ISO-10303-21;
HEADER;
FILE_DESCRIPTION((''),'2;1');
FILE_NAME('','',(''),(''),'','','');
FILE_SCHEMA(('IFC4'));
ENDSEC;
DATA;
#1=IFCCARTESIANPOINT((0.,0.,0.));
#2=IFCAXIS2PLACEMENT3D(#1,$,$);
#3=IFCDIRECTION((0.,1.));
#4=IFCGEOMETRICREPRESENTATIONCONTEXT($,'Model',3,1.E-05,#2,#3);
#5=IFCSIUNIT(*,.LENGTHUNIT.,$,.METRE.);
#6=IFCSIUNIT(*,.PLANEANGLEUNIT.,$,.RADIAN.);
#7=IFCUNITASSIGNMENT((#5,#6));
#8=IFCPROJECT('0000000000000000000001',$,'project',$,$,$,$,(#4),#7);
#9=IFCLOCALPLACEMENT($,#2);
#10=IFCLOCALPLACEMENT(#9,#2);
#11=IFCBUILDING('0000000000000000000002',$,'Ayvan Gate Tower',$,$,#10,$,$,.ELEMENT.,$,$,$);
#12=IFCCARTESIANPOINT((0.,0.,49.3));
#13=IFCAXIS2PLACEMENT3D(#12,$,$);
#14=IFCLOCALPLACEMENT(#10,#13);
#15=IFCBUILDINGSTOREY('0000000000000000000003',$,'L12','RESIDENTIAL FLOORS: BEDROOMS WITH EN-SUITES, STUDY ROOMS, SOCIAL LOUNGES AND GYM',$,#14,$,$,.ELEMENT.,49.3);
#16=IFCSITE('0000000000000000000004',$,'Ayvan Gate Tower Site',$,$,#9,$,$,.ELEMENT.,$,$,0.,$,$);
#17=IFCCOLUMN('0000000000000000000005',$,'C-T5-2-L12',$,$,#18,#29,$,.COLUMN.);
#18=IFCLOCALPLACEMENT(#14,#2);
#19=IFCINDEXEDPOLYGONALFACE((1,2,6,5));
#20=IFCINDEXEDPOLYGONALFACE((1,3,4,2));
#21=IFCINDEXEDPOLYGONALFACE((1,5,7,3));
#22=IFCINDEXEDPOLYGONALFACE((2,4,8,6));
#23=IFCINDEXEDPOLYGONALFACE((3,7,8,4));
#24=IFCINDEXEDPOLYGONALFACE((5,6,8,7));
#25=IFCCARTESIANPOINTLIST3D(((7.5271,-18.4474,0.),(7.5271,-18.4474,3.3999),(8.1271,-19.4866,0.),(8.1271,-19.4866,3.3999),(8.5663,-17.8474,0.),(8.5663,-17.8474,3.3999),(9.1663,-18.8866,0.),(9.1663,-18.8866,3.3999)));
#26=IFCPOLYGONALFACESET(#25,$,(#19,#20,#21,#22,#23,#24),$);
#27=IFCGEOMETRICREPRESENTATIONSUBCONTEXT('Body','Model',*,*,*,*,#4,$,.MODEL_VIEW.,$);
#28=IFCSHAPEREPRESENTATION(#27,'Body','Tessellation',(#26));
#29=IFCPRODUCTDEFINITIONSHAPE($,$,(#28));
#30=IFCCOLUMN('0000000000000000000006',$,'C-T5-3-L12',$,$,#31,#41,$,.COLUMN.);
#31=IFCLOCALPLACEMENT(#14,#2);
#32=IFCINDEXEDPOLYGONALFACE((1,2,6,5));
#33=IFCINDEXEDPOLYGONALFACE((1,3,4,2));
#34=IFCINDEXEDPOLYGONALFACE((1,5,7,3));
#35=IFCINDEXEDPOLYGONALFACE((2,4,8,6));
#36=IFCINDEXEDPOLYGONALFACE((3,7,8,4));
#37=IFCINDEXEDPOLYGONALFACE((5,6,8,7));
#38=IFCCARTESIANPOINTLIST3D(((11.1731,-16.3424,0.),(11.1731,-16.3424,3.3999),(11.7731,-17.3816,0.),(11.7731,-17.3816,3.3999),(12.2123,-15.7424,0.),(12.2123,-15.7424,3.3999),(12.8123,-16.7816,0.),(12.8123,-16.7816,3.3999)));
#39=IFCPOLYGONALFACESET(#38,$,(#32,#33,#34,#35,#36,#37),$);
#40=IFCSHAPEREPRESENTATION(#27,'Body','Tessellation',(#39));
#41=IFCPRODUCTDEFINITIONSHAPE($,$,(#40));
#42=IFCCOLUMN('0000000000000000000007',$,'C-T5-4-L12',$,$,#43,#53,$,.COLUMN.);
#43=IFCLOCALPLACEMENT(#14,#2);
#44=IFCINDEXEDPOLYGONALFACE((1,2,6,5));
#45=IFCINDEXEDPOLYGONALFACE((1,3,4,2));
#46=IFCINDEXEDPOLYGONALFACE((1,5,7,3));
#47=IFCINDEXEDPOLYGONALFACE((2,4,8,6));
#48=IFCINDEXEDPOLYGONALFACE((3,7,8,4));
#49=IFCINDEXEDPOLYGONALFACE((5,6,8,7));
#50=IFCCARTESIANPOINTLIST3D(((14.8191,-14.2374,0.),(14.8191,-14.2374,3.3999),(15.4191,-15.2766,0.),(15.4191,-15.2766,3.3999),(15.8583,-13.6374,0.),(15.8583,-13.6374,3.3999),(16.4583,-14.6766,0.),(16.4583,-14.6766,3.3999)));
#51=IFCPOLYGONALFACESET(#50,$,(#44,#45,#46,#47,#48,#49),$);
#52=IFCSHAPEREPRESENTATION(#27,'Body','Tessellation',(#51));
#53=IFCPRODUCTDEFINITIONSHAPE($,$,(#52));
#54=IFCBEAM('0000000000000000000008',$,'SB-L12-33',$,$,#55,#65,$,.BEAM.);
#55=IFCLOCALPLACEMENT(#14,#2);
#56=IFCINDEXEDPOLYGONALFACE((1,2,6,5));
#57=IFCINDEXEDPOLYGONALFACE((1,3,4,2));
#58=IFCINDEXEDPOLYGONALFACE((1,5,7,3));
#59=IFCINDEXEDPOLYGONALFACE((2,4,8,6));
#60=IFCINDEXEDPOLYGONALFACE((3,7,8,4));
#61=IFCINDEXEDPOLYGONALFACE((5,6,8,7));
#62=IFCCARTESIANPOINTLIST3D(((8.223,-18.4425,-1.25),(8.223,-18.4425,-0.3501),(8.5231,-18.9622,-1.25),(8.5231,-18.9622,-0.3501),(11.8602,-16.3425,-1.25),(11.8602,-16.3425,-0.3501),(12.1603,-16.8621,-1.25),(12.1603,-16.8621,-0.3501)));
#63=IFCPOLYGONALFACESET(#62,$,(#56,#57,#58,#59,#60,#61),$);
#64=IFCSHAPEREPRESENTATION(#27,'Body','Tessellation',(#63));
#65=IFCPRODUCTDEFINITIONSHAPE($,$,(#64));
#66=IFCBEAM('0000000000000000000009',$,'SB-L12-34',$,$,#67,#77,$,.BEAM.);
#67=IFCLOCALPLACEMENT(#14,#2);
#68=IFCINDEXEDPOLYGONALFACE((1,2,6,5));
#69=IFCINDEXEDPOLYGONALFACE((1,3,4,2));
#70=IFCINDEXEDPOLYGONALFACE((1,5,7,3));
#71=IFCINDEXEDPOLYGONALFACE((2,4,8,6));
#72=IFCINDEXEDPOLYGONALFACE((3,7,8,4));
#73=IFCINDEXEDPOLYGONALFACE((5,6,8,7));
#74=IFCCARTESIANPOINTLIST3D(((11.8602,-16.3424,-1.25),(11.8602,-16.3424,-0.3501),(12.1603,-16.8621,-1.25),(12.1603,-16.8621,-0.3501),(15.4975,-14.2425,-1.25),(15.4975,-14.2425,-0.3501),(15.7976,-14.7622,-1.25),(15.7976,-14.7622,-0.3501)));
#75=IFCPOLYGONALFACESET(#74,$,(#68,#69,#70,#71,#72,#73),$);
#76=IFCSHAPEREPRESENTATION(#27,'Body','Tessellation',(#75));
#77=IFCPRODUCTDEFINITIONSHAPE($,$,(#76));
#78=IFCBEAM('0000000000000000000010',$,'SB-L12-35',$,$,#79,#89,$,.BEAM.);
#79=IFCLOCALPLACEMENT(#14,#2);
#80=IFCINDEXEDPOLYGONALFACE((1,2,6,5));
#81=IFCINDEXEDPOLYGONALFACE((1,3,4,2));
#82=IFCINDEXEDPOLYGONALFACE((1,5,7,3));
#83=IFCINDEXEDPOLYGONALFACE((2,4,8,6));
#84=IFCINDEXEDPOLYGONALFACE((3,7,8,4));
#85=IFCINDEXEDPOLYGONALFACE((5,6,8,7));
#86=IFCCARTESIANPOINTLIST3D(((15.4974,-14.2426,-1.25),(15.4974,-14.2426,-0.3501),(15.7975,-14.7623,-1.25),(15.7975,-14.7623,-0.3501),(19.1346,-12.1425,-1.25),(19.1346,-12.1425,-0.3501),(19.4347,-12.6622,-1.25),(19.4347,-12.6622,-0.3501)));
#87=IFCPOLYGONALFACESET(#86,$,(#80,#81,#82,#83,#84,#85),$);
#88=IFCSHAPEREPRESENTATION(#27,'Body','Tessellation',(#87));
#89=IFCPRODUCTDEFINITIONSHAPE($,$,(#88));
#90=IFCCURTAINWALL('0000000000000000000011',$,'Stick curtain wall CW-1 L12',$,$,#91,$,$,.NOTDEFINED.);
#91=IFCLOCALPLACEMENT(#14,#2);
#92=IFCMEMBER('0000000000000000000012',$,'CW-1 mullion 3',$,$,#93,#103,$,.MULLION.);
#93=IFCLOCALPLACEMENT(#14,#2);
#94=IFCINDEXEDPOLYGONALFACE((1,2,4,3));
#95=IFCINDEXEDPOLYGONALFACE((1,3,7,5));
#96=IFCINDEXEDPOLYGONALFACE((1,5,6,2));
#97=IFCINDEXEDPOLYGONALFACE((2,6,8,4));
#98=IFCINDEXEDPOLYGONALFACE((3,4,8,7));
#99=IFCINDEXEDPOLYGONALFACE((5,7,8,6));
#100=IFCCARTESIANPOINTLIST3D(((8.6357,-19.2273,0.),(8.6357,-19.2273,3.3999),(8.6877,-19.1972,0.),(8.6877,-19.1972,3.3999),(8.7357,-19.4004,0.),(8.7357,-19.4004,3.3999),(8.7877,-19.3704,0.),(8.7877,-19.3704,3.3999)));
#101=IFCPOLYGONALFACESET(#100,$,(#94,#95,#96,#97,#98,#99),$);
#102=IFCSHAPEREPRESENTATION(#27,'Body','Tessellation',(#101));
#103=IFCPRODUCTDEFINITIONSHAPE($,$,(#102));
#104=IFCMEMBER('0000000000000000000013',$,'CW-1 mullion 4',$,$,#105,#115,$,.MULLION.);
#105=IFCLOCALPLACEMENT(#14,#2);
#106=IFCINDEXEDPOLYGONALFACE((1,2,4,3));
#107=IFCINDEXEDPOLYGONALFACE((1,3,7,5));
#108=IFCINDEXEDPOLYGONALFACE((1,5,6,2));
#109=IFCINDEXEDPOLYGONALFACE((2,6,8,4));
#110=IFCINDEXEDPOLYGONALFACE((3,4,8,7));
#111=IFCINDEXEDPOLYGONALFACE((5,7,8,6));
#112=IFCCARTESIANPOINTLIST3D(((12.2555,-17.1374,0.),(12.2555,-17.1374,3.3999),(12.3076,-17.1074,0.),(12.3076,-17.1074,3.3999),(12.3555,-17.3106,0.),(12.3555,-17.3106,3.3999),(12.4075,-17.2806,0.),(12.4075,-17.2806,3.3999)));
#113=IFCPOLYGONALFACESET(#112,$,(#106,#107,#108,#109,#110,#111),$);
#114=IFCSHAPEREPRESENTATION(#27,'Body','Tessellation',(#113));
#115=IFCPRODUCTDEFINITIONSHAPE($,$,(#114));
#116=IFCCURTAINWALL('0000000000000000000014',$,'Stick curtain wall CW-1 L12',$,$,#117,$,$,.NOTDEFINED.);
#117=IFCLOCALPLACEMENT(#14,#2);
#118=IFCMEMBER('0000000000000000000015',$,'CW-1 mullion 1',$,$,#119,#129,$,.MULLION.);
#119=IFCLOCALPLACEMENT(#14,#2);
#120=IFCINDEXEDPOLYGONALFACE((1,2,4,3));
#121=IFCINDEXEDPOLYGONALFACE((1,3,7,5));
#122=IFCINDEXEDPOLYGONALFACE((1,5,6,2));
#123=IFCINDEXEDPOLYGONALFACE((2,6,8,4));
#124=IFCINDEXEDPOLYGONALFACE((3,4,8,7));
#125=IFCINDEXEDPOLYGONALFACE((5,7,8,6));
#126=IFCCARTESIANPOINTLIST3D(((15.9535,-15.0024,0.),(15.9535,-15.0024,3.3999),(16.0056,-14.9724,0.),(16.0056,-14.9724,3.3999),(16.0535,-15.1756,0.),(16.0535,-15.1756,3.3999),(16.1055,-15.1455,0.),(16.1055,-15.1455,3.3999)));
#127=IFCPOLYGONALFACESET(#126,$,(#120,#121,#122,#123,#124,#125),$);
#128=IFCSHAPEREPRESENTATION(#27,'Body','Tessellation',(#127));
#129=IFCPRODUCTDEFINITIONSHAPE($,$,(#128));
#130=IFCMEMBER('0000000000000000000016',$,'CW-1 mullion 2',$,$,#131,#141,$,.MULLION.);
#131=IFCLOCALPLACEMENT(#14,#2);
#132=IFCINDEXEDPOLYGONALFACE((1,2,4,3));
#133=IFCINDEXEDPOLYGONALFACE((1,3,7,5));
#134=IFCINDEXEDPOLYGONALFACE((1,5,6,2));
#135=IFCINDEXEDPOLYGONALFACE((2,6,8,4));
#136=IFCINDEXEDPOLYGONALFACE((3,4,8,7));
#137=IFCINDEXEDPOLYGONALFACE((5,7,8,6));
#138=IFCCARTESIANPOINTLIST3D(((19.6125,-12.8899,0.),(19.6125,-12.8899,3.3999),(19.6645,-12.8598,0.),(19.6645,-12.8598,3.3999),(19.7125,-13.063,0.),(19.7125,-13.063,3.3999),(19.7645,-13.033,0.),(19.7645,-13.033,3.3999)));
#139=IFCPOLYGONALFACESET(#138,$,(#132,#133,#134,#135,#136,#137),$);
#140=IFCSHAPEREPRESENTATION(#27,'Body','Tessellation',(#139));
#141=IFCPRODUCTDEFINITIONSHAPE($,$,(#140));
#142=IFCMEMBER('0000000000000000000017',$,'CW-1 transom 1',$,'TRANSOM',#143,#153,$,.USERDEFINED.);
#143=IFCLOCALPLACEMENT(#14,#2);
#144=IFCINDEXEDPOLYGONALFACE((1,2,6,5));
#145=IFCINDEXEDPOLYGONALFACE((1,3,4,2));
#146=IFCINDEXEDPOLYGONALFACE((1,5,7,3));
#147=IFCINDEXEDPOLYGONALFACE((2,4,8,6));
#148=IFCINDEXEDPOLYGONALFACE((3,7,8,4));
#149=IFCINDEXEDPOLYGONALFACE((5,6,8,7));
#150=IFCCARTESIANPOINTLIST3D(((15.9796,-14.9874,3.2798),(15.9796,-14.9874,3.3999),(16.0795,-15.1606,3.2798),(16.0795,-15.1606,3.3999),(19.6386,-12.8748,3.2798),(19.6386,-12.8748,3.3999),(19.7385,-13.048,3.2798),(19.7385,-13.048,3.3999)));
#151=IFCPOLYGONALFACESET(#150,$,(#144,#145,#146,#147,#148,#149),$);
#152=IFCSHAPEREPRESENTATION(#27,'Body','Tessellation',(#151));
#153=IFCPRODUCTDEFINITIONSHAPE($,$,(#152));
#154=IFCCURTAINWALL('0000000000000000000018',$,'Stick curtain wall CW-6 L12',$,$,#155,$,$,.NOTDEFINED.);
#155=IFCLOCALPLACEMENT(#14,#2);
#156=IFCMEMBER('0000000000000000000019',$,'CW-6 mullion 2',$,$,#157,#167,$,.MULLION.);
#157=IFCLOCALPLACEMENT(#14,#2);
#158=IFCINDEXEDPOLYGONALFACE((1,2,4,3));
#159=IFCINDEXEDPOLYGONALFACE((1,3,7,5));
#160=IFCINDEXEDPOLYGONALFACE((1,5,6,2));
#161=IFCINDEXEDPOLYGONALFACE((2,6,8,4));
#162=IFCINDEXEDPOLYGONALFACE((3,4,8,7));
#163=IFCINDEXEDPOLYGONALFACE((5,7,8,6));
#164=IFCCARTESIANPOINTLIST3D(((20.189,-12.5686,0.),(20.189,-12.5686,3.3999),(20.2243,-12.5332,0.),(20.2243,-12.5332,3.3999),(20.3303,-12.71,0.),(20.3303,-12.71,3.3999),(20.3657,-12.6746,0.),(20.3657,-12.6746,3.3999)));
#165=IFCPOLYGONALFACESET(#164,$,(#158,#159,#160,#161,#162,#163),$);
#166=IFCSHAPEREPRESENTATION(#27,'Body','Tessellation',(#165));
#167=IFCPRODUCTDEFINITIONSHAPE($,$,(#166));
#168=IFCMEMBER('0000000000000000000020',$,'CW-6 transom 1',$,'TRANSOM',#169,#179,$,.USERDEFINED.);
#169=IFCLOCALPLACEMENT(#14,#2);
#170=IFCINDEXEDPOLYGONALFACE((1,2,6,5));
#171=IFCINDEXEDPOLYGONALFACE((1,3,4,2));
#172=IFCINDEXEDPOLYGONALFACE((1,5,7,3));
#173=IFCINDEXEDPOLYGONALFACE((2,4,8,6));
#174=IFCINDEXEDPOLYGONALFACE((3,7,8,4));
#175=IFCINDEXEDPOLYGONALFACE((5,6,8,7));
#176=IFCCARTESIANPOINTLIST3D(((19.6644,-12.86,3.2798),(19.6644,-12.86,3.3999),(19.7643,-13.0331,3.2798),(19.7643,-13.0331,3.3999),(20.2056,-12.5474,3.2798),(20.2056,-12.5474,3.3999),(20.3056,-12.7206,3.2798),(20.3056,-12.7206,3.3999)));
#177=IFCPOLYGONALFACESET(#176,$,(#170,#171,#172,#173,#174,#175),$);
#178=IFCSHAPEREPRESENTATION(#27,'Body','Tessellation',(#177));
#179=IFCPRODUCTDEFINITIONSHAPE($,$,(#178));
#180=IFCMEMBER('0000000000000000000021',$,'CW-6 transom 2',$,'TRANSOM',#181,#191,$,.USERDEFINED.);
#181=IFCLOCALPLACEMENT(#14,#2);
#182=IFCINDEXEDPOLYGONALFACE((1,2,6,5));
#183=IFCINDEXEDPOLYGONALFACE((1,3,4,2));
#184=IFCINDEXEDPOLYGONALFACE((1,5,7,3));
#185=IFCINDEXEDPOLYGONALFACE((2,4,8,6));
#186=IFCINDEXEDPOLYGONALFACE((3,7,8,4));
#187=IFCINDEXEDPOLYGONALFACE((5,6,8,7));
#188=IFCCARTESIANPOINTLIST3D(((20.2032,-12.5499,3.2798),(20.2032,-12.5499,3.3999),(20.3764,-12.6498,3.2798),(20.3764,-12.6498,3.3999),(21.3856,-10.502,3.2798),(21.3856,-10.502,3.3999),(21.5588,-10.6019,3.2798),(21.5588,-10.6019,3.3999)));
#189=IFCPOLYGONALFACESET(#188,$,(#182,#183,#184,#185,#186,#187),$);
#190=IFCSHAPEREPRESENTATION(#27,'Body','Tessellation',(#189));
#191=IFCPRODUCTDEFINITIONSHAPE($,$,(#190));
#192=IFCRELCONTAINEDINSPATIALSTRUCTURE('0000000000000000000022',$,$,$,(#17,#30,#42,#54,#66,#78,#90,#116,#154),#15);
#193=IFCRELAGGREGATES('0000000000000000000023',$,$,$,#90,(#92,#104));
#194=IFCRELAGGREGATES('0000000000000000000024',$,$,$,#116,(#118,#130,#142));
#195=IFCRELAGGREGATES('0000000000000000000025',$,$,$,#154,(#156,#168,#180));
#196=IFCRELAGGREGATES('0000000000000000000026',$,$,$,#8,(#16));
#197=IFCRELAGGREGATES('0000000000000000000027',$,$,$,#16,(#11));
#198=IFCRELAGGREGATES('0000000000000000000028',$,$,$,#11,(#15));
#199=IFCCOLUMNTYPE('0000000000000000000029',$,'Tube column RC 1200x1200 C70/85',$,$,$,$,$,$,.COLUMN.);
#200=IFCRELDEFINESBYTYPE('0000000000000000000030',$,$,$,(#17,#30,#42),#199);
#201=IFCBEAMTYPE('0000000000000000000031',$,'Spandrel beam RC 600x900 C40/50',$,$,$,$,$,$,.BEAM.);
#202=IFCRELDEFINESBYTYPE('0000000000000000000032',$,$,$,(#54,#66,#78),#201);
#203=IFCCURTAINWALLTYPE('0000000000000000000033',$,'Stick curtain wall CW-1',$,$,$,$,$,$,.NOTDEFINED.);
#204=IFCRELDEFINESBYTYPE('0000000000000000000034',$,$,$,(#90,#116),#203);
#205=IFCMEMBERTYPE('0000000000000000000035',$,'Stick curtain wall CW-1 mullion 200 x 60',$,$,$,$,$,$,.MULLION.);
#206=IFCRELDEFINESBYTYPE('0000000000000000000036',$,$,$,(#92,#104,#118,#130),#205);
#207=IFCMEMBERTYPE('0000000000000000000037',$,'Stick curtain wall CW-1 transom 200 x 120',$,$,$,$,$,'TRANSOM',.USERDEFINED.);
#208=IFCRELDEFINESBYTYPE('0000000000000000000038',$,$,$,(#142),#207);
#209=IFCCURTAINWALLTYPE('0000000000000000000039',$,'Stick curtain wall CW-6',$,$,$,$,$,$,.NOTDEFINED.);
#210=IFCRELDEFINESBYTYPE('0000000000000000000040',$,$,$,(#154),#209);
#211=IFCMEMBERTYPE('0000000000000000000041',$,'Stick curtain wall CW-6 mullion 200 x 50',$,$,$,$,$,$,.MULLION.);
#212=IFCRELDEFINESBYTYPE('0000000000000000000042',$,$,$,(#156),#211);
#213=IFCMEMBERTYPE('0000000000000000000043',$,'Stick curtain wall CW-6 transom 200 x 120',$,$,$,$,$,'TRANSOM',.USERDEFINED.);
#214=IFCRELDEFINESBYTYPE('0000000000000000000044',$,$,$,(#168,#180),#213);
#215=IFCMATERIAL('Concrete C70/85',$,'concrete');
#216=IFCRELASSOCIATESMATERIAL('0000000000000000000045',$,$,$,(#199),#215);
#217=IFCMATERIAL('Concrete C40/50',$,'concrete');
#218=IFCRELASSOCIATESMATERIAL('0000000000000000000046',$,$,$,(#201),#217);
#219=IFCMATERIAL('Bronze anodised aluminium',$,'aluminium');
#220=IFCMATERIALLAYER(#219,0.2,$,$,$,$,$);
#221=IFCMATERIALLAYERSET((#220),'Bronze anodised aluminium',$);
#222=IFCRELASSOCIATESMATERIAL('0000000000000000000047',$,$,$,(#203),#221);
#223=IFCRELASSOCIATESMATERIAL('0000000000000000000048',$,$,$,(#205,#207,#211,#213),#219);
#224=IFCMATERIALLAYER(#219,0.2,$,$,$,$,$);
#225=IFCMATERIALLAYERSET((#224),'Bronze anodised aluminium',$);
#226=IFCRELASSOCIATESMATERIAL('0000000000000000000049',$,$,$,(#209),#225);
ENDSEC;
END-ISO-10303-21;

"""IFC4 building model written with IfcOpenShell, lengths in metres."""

from ifc_helpers import new_model, si_unit, direction, frame, origin, origin_2d, place, context, subcontext, project, spatial, rectangle, extrude, material, layer, layer_set, material_profile, profile_set, type_object, element, aggregate, save


model = new_model("IFC4")

# Units and contexts
model_context = context("Model", 3, precision=1e-05, world=origin(), true_north=direction((0.0, 1.0)))
body_context = subcontext(model_context, "Body", "Model", "MODEL_VIEW")
ifc_project = project(units=[si_unit("LENGTHUNIT", "METRE"), si_unit("PLANEANGLEUNIT", "RADIAN")], contexts=[model_context])

# Site, building, storey
site_placement = place(None, origin())
site = spatial("IfcSite", under=ifc_project, at=site_placement, Name="Ayvan Gate Tower Site", CompositionType="ELEMENT", RefElevation=0.0)
building_placement = place(site_placement, origin())
building = spatial("IfcBuilding", under=site, at=building_placement, Name="Ayvan Gate Tower", CompositionType="ELEMENT")
storey_placement = place(building_placement, frame((0.0, 0.0, 49.3)))
storey = spatial("IfcBuildingStorey", under=building, at=storey_placement, Name="L12", Description="RESIDENTIAL FLOORS: BEDROOMS WITH EN-SUITES, STUDY ROOMS, SOCIAL LOUNGES AND GYM", CompositionType="ELEMENT", Elevation=49.3)

# Columns
ifc_material_1 = material(Name="Concrete C70/85", Category="concrete")
ifc_material_profile_1 = material_profile(ifc_material_1, rectangle(XDim=1.2, YDim=1.2, at=origin_2d()), Name="RC 1200x1200")
ifc_profile_set_1 = profile_set([ifc_material_profile_1], Name="Concrete C70/85")
column_type = type_object("IfcColumnType", Name="Tube column RC 1200x1200 C70/85", PredefinedType="COLUMN", material=ifc_profile_set_1)
for number, where, z_axis, x_axis, name in (
    (1, (8.3467, -18.667, 0.0), (0.0, 0.0, 1.0), (0.5, -0.866025, 0.0), "C-T5-2-L12"),
    (2, (11.9927, -16.562, 0.0), (0.0, 0.0, 1.0), (0.5, -0.866025, 0.0), "C-T5-3-L12"),
    (3, (15.6387, -14.457, 0.0), (0.0, 0.0, 1.0), (0.5, -0.866025, 0.0), "C-T5-4-L12"),
):
    element("IfcColumn", number, at=place(storey_placement, frame(where, z_axis=z_axis, x_axis=x_axis)), inside=storey, type_object=column_type, Name=name, PredefinedType="COLUMN", context=body_context, shape_type="SweptSolid", body=[
        extrude(rectangle(XDim=1.2, YDim=1.2, at=origin_2d()), origin(), (0.0, 0.0, 1.0), 3.3999),
    ])

# Beams
ifc_material_2 = material(Name="Concrete C40/50", Category="concrete")
ifc_material_profile_2 = material_profile(ifc_material_2, rectangle(XDim=0.6001, YDim=0.8999, at=origin_2d()), Name="RC 600x900")
ifc_profile_set_2 = profile_set([ifc_material_profile_2], Name="Concrete C40/50")
beam_type = type_object("IfcBeamType", Name="Spandrel beam RC 600x900 C40/50", PredefinedType="BEAM", material=ifc_profile_set_2)
for number, where, z_axis, x_axis, name in (
    (4, (8.373, -18.7024, -0.8), (0.866009, 0.500028, 0.0), (-0.500028, 0.866009, 0.0), "SB-L12-33"),
    (5, (12.0103, -16.6023, -0.8), (0.866035, 0.499984, 0.0), (-0.499984, 0.866035, 0.0), "SB-L12-34"),
    (6, (15.6475, -14.5024, -0.8), (0.866009, 0.500028, 0.0), (-0.500028, 0.866009, 0.0), "SB-L12-35"),
):
    element("IfcBeam", number, at=place(storey_placement, frame(where, z_axis=z_axis, x_axis=x_axis)), inside=storey, type_object=beam_type, Name=name, PredefinedType="BEAM", context=body_context, shape_type="SweptSolid", body=[
        extrude(rectangle(XDim=0.6001, YDim=0.8999, at=origin_2d()), origin(), (0.0, 0.0, 1.0), 4.2),
    ])

# Curtain walls, members
ifc_material_3 = material(Name="Bronze anodised aluminium", Category="aluminium")
ifc_layer_1 = layer(ifc_material_3, 0.2)
ifc_layer_set_1 = layer_set([ifc_layer_1], Name="Bronze anodised aluminium")
curtain_wall_type_1 = type_object("IfcCurtainWallType", Name="Stick curtain wall CW-1", PredefinedType="NOTDEFINED", material=ifc_layer_set_1)
curtain_wall_1_placement = place(storey_placement, origin())
curtain_wall_1 = element("IfcCurtainWall", 7, at=curtain_wall_1_placement, inside=storey, type_object=curtain_wall_type_1, Name="Stick curtain wall CW-1 L12", PredefinedType="NOTDEFINED")
ifc_material_profile_3 = material_profile(ifc_material_3, rectangle(XDim=0.2, YDim=0.0601, at=origin_2d()), Name="Stick curtain wall CW-1 mullion 200 x 60")
ifc_profile_set_3 = profile_set([ifc_material_profile_3], Name="Bronze anodised aluminium")
member_type_1 = type_object("IfcMemberType", Name="Stick curtain wall CW-1 mullion 200 x 60", PredefinedType="MULLION", material=ifc_profile_set_3)
member_1_placement = place(storey_placement, frame((8.7117, -19.2988, 0.0), z_axis=(0.0, 0.0, 1.0), x_axis=(0.5, -0.866025, 0.0)))
member_1 = element("IfcMember", 8, at=member_1_placement, type_object=member_type_1, Name="CW-1 mullion 3", PredefinedType="MULLION", context=body_context, shape_type="SweptSolid", body=[
    extrude(rectangle(XDim=0.2, YDim=0.0601, at=origin_2d()), origin(), (0.0, 0.0, 1.0), 3.3999),
])
member_2_placement = place(storey_placement, frame((12.3315, -17.209, 0.0), z_axis=(0.0, 0.0, 1.0), x_axis=(0.5, -0.866025, 0.0)))
member_2 = element("IfcMember", 9, at=member_2_placement, type_object=member_type_1, Name="CW-1 mullion 4", PredefinedType="MULLION", context=body_context, shape_type="SweptSolid", body=[
    extrude(rectangle(XDim=0.2, YDim=0.0601, at=origin_2d()), origin(), (0.0, 0.0, 1.0), 3.3999),
])
curtain_wall_2_placement = place(storey_placement, origin())
curtain_wall_2 = element("IfcCurtainWall", 10, at=curtain_wall_2_placement, inside=storey, type_object=curtain_wall_type_1, Name="Stick curtain wall CW-1 L12", PredefinedType="NOTDEFINED")
member_3_placement = place(storey_placement, frame((16.0295, -15.074, 0.0), z_axis=(0.0, 0.0, 1.0), x_axis=(0.5, -0.866025, 0.0)))
member_3 = element("IfcMember", 11, at=member_3_placement, type_object=member_type_1, Name="CW-1 mullion 1", PredefinedType="MULLION", context=body_context, shape_type="SweptSolid", body=[
    extrude(rectangle(XDim=0.2, YDim=0.0601, at=origin_2d()), origin(), (0.0, 0.0, 1.0), 3.3999),
])
member_4_placement = place(storey_placement, frame((19.6885, -12.9614, 0.0), z_axis=(0.0, 0.0, 1.0), x_axis=(0.5, -0.866025, 0.0)))
member_4 = element("IfcMember", 12, at=member_4_placement, type_object=member_type_1, Name="CW-1 mullion 2", PredefinedType="MULLION", context=body_context, shape_type="SweptSolid", body=[
    extrude(rectangle(XDim=0.2, YDim=0.0601, at=origin_2d()), origin(), (0.0, 0.0, 1.0), 3.3999),
])
ifc_material_profile_4 = material_profile(ifc_material_3, rectangle(XDim=0.2, YDim=0.1201, at=origin_2d()), Name="Stick curtain wall CW-1 transom 200 x 120")
ifc_profile_set_4 = profile_set([ifc_material_profile_4], Name="Bronze anodised aluminium")
member_type_2 = type_object("IfcMemberType", Name="Stick curtain wall CW-1 transom 200 x 120", ElementType="TRANSOM", PredefinedType="USERDEFINED", material=ifc_profile_set_4)
member_5_placement = place(storey_placement, frame((16.0295, -15.074, 3.3398), z_axis=(0.866019, 0.500011, 0.0), x_axis=(-0.500011, 0.866019, 0.0)))
member_5 = element("IfcMember", 13, at=member_5_placement, type_object=member_type_2, Name="CW-1 transom 1", ObjectType="TRANSOM", PredefinedType="USERDEFINED", context=body_context, shape_type="SweptSolid", body=[
    extrude(rectangle(XDim=0.2, YDim=0.1201, at=origin_2d()), origin(), (0.0, 0.0, 1.0), 4.2251),
])
ifc_layer_2 = layer(ifc_material_3, 0.2)
ifc_layer_set_2 = layer_set([ifc_layer_2], Name="Bronze anodised aluminium")
curtain_wall_type_2 = type_object("IfcCurtainWallType", Name="Stick curtain wall CW-6", PredefinedType="NOTDEFINED", material=ifc_layer_set_2)
curtain_wall_3_placement = place(storey_placement, origin())
curtain_wall_3 = element("IfcCurtainWall", 14, at=curtain_wall_3_placement, inside=storey, type_object=curtain_wall_type_2, Name="Stick curtain wall CW-6 L12", PredefinedType="NOTDEFINED")
ifc_material_profile_5 = material_profile(ifc_material_3, rectangle(XDim=0.2, YDim=0.05, at=origin_2d()), Name="Stick curtain wall CW-6 mullion 200 x 50")
ifc_profile_set_5 = profile_set([ifc_material_profile_5], Name="Bronze anodised aluminium")
member_type_3 = type_object("IfcMemberType", Name="Stick curtain wall CW-6 mullion 200 x 50", PredefinedType="MULLION", material=ifc_profile_set_5)
member_6_placement = place(storey_placement, frame((20.2773, -12.6216, 0.0), z_axis=(0.0, 0.0, 1.0), x_axis=(0.707107, -0.707107, 0.0)))
member_6 = element("IfcMember", 15, at=member_6_placement, type_object=member_type_3, Name="CW-6 mullion 2", PredefinedType="MULLION", context=body_context, shape_type="SweptSolid", body=[
    extrude(rectangle(XDim=0.2, YDim=0.05, at=origin_2d()), origin(), (0.0, 0.0, 1.0), 3.3999),
])
ifc_material_profile_6 = material_profile(ifc_material_3, rectangle(XDim=0.2, YDim=0.1201, at=origin_2d()), Name="Stick curtain wall CW-6 transom 200 x 120")
ifc_profile_set_6 = profile_set([ifc_material_profile_6], Name="Bronze anodised aluminium")
member_type_4 = type_object("IfcMemberType", Name="Stick curtain wall CW-6 transom 200 x 120", ElementType="TRANSOM", PredefinedType="USERDEFINED", material=ifc_profile_set_6)
member_7_placement = place(storey_placement, frame((19.7144, -12.9465, 3.3398), z_axis=(0.866023, 0.500004, 0.0), x_axis=(-0.500004, 0.866023, 0.0)))
member_7 = element("IfcMember", 16, at=member_7_placement, type_object=member_type_4, Name="CW-6 transom 1", ObjectType="TRANSOM", PredefinedType="USERDEFINED", context=body_context, shape_type="SweptSolid", body=[
    extrude(rectangle(XDim=0.2, YDim=0.1201, at=origin_2d()), origin(), (0.0, 0.0, 1.0), 0.625),
])
member_8_placement = place(storey_placement, frame((20.2898, -12.5999, 3.3398), z_axis=(0.500014, 0.866017, 0.0), x_axis=(-0.866017, 0.500014, 0.0)))
member_8 = element("IfcMember", 17, at=member_8_placement, type_object=member_type_4, Name="CW-6 transom 2", ObjectType="TRANSOM", PredefinedType="USERDEFINED", context=body_context, shape_type="SweptSolid", body=[
    extrude(rectangle(XDim=0.2, YDim=0.1201, at=origin_2d()), origin(), (0.0, 0.0, 1.0), 2.3647),
])

aggregate(curtain_wall_1, [member_1, member_2])
aggregate(curtain_wall_2, [member_3, member_4, member_5])
aggregate(curtain_wall_3, [member_6, member_7, member_8])

save(model, "model.ifc")
